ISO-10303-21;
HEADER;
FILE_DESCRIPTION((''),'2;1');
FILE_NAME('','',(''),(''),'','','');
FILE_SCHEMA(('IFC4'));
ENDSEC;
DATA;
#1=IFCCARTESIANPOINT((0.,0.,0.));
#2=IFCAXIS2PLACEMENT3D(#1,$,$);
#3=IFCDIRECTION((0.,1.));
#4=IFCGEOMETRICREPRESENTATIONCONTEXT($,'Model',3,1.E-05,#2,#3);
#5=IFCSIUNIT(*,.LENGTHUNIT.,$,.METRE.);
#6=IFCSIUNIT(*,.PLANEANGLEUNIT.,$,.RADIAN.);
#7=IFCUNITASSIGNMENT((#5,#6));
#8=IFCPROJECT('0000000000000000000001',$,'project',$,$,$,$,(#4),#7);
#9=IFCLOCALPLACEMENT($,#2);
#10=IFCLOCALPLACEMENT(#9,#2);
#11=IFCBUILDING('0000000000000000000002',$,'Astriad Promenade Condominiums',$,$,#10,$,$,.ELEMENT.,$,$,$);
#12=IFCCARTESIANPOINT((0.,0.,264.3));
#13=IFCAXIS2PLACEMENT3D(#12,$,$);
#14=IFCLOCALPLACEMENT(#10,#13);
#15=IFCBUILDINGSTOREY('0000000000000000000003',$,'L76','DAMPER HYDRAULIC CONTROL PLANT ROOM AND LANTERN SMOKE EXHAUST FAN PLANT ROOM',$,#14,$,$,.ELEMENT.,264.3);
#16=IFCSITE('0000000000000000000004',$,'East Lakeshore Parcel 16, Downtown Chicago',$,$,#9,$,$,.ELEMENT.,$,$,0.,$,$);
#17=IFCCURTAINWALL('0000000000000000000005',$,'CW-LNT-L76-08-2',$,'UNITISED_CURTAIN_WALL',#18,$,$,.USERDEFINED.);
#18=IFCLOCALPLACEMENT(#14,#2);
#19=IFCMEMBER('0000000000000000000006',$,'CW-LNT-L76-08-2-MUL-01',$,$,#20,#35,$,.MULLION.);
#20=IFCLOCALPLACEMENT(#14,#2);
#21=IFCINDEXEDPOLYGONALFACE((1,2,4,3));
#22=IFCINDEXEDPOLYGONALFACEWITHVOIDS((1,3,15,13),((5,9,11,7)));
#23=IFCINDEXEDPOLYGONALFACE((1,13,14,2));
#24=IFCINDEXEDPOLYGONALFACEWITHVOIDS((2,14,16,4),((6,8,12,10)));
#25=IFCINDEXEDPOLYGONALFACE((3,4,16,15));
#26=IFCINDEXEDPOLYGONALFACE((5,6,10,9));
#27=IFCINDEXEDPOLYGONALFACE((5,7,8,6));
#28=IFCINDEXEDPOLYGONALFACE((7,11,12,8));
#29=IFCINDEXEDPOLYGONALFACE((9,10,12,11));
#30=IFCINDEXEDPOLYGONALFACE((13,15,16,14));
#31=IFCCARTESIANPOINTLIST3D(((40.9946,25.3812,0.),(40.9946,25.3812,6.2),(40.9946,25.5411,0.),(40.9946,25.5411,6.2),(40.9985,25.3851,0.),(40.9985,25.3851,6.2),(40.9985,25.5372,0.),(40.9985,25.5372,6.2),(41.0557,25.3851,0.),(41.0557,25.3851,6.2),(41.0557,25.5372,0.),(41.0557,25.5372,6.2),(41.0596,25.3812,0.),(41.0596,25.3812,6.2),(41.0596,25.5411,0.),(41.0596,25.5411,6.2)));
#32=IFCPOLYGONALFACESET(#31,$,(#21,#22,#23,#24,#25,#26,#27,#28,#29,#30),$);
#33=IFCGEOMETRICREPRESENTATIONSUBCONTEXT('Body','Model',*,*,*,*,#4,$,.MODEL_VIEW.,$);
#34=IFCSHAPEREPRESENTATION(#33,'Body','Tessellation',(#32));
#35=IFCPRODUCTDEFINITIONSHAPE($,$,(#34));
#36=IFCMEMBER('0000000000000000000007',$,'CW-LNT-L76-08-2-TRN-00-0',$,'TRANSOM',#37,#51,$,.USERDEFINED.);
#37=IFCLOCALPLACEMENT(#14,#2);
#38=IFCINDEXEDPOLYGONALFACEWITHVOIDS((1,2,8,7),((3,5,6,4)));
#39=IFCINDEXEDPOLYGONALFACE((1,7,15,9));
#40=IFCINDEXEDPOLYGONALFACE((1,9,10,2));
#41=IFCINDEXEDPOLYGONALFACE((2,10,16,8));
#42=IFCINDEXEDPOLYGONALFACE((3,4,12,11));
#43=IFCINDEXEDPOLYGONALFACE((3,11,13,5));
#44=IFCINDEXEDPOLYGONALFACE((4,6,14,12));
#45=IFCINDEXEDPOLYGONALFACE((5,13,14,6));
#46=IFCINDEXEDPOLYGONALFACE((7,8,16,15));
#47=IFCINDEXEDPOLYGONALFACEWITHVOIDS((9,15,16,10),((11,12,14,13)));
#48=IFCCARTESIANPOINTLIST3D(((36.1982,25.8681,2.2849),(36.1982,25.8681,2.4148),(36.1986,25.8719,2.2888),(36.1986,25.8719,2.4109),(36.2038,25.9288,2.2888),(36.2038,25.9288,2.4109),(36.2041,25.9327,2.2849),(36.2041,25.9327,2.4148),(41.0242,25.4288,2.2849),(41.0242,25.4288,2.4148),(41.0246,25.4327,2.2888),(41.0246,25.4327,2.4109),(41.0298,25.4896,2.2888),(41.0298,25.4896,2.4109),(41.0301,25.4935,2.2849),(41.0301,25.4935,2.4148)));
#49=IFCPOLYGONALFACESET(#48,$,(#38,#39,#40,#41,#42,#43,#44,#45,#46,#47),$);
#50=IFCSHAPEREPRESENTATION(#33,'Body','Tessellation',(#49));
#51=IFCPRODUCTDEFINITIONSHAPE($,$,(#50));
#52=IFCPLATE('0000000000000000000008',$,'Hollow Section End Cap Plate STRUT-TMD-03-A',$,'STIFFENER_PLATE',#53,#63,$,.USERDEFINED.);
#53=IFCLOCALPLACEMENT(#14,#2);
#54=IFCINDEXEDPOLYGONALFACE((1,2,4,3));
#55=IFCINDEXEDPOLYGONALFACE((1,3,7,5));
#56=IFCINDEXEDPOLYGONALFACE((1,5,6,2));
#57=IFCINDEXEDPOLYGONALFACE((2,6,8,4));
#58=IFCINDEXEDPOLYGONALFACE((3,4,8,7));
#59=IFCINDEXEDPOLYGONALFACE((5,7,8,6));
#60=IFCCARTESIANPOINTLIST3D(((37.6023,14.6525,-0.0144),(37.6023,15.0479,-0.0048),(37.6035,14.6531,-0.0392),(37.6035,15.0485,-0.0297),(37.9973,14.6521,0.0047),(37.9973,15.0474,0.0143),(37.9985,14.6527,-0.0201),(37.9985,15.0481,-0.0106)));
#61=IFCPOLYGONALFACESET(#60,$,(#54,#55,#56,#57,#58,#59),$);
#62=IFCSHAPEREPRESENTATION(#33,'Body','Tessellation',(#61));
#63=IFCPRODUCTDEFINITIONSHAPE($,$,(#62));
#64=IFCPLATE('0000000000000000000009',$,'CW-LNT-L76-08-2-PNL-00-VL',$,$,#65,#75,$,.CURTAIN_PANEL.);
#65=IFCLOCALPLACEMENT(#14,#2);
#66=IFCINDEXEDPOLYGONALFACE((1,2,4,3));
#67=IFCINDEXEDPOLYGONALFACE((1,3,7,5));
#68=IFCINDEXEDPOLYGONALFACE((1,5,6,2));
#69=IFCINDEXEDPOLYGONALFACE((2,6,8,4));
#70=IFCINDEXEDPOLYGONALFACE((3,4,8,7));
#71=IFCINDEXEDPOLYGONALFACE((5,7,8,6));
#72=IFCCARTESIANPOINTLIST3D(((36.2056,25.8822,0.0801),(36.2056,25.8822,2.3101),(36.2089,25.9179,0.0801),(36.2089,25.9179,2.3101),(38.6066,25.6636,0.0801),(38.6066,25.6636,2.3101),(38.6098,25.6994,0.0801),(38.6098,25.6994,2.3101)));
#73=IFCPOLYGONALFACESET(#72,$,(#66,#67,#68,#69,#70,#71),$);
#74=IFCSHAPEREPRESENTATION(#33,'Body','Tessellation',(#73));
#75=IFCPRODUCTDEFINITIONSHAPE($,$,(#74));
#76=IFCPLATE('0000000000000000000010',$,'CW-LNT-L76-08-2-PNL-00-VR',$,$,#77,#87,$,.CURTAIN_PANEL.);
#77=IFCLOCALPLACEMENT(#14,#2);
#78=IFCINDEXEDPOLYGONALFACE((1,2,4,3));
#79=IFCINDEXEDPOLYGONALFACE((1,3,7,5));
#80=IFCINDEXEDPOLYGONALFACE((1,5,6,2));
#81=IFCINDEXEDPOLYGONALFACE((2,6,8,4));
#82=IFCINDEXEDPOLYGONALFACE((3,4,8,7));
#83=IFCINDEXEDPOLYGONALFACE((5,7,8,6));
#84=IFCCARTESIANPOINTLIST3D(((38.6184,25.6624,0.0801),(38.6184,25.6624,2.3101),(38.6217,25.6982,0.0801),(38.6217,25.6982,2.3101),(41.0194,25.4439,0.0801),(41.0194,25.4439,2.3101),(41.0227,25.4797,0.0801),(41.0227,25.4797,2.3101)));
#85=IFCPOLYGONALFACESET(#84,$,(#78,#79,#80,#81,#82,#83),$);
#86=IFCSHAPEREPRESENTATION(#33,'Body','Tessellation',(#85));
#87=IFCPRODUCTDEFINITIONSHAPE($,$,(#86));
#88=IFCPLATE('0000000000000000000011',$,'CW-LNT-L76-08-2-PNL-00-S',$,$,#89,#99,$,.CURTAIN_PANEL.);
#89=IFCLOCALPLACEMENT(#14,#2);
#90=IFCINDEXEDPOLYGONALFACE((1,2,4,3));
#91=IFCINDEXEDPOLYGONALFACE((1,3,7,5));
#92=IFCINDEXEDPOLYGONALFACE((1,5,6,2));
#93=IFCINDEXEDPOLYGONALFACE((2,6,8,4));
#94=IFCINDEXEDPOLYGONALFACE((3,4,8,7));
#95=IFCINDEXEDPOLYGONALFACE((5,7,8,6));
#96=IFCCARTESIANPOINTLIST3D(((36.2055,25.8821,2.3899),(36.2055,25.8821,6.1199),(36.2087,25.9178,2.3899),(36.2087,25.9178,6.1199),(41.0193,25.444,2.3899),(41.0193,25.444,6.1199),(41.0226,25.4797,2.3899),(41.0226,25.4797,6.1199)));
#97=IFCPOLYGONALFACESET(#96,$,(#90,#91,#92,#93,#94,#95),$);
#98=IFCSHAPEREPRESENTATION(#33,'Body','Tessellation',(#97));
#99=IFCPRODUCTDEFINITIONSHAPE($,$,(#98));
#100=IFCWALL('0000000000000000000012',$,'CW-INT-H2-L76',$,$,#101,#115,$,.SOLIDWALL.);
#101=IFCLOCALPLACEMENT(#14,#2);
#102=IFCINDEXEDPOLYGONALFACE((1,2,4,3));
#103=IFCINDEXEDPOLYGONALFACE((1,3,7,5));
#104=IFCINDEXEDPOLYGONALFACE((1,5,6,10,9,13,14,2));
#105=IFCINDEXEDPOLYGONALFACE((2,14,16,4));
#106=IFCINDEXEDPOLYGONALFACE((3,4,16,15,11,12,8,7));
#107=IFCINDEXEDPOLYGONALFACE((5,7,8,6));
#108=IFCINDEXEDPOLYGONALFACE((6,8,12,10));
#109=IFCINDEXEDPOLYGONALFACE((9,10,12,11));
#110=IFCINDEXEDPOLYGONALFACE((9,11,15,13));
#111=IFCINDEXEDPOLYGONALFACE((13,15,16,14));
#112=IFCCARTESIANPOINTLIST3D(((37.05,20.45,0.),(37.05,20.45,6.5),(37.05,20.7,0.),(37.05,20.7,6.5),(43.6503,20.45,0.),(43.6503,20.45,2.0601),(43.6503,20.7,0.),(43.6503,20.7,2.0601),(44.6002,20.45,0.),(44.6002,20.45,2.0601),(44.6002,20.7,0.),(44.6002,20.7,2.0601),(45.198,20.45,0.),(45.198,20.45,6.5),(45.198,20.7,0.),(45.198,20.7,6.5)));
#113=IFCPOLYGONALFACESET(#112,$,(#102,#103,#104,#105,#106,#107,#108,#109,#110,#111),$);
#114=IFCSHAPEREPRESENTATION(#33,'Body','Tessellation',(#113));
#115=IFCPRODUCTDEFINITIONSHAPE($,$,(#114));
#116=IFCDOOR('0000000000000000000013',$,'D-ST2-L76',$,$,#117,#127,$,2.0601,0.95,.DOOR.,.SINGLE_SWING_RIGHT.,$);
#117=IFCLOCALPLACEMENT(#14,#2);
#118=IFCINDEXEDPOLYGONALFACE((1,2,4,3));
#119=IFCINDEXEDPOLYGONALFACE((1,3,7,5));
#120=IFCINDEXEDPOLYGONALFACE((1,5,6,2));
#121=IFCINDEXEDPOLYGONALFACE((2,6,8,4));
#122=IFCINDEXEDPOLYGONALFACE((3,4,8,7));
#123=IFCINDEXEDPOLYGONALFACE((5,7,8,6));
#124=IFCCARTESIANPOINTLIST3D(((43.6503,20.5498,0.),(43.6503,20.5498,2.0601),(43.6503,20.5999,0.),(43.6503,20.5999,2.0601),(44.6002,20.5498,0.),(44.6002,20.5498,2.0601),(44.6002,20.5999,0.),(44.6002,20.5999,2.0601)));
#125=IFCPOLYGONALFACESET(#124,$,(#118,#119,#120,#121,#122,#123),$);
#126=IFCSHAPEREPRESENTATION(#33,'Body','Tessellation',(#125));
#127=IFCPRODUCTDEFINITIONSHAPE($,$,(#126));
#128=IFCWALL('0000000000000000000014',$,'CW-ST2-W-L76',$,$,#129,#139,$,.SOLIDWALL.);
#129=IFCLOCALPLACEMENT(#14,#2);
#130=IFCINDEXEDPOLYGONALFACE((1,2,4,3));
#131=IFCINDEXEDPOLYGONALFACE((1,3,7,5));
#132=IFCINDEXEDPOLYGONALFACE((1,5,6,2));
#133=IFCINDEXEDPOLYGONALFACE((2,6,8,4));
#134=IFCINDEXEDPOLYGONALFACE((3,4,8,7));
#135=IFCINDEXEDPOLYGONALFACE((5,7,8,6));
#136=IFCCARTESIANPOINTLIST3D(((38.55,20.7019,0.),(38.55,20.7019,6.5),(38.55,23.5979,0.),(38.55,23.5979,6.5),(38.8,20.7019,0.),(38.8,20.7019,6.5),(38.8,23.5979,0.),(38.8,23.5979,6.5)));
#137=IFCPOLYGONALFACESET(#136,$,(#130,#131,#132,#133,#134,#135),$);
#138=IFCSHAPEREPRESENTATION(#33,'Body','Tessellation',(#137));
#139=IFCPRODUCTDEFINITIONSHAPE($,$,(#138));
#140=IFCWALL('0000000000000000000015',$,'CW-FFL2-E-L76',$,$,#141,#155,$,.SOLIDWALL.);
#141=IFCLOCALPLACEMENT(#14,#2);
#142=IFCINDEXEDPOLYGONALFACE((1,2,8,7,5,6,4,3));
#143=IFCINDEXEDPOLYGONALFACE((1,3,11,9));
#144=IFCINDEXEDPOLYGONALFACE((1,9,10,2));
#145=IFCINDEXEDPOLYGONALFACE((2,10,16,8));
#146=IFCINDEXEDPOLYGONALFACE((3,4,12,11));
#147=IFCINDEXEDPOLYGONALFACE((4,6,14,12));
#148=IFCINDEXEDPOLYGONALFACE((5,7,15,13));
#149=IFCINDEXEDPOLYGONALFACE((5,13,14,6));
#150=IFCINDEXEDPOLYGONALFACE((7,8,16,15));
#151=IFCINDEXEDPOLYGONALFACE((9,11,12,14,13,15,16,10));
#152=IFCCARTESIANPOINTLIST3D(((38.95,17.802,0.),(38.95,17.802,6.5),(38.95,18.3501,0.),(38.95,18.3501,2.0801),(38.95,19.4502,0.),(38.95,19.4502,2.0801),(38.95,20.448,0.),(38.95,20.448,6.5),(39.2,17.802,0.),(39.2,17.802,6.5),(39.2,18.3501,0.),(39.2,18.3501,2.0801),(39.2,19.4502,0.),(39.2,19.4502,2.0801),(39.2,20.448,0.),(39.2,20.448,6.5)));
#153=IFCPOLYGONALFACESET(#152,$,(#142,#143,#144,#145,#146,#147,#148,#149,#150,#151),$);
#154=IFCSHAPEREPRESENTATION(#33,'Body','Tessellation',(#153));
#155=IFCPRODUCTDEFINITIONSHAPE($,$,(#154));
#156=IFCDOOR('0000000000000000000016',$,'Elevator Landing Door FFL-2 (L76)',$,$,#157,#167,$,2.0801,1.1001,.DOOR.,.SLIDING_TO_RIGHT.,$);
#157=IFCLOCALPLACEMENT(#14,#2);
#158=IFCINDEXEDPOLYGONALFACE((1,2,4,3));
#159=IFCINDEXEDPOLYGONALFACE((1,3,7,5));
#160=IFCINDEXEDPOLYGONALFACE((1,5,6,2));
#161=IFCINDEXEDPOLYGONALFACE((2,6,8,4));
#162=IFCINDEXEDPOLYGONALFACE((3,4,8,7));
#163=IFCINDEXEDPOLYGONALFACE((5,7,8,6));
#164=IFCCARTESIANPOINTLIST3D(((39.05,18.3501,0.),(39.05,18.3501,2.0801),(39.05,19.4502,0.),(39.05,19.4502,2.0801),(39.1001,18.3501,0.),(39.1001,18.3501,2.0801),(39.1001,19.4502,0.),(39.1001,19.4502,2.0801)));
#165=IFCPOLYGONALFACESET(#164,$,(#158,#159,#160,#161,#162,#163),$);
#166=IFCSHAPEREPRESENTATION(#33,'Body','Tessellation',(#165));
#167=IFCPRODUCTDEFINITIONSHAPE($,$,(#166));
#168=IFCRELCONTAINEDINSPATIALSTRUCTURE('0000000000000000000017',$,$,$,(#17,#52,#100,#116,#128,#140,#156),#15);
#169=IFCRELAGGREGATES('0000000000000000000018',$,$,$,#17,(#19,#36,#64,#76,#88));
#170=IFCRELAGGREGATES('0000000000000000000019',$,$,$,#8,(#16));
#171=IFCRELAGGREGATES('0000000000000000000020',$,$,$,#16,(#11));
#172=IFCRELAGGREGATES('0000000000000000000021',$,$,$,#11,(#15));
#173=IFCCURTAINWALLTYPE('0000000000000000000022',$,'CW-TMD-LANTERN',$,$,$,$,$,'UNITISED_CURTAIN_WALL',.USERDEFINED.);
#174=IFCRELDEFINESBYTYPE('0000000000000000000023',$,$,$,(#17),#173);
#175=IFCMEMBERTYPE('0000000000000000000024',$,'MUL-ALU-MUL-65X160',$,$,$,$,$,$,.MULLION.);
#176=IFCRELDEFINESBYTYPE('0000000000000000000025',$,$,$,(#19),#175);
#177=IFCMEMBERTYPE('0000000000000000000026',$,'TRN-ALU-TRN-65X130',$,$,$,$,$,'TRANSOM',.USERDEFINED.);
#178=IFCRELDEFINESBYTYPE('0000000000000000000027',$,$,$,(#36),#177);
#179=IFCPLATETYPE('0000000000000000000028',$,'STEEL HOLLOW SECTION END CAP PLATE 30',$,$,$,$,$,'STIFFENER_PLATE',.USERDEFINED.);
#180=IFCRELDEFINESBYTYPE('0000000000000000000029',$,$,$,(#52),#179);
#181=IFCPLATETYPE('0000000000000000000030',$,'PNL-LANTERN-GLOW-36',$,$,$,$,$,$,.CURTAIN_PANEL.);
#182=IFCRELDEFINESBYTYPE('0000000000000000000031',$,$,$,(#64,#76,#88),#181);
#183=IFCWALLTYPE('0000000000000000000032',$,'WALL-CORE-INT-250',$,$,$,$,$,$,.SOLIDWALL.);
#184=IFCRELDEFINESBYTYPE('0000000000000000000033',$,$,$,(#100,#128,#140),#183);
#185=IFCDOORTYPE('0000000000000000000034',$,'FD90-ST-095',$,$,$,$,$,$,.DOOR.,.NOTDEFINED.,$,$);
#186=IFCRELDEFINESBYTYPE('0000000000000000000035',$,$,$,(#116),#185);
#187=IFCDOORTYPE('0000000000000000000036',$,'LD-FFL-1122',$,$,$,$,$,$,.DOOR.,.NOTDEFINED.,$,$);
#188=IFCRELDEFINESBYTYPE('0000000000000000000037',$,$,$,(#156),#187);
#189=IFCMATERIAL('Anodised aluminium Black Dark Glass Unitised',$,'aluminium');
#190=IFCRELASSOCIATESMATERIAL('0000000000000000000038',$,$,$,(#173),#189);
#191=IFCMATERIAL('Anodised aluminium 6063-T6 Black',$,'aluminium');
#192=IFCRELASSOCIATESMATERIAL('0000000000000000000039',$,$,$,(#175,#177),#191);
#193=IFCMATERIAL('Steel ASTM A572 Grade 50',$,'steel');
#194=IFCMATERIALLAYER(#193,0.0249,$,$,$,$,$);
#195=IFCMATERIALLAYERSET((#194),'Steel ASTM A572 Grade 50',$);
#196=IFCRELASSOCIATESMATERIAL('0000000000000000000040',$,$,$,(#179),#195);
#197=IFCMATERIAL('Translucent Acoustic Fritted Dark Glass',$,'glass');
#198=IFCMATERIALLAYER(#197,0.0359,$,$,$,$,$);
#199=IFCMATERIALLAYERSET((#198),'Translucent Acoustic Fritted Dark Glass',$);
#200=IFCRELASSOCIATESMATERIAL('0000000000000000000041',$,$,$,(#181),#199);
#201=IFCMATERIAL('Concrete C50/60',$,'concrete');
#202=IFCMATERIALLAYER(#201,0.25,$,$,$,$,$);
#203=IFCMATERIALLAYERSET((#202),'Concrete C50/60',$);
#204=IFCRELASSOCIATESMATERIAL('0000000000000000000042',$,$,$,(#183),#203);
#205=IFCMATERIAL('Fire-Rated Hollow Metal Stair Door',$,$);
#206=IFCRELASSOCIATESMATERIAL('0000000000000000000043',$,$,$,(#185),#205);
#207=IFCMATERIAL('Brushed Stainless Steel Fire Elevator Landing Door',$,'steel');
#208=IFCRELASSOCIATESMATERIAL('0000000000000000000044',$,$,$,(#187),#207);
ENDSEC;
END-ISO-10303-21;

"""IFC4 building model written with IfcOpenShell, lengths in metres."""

from ifc_helpers import new_model, si_unit, direction, frame, frame_2d, origin, origin_2d, place, context, subcontext, project, spatial, rectangle, hollow_rectangle, extrude, source, transform, mapped, material, layer, layer_set, material_profile, profile_set, type_object, type_shapes, element, fill, aggregate, save


model = new_model("IFC4")

# Units and contexts
model_context = context("Model", 3, precision=1e-05, world=origin(), true_north=direction((0.0, 1.0)))
body_context = subcontext(model_context, "Body", "Model", "MODEL_VIEW")
ifc_project = project(units=[si_unit("LENGTHUNIT", "METRE"), si_unit("PLANEANGLEUNIT", "RADIAN")], contexts=[model_context])

# Site, building, storey
site_placement = place(None, origin())
site = spatial("IfcSite", under=ifc_project, at=site_placement, Name="East Lakeshore Parcel 16, Downtown Chicago", CompositionType="ELEMENT", RefElevation=0.0)
building_placement = place(site_placement, origin())
building = spatial("IfcBuilding", under=site, at=building_placement, Name="Astriad Promenade Condominiums", CompositionType="ELEMENT")
storey_placement = place(building_placement, frame((0.0, 0.0, 264.3)))
storey = spatial("IfcBuildingStorey", under=building, at=storey_placement, Name="L76", Description="DAMPER HYDRAULIC CONTROL PLANT ROOM AND LANTERN SMOKE EXHAUST FAN PLANT ROOM", CompositionType="ELEMENT", Elevation=264.3)

# Shared definitions
ifc_material_1 = material(Name="Anodised aluminium Black Dark Glass Unitised", Category="aluminium")
curtain_wall_type = type_object("IfcCurtainWallType", Name="CW-TMD-LANTERN", ElementType="UNITISED_CURTAIN_WALL", PredefinedType="USERDEFINED", material=ifc_material_1)
ifc_material_2 = material(Name="Anodised aluminium 6063-T6 Black", Category="aluminium")
ifc_material_profile_1 = material_profile(ifc_material_2, hollow_rectangle(XDim=0.0649, YDim=0.1599, WallThickness=0.0039, at=origin_2d()), Name="ALU-MUL-65X160")
ifc_profile_set_1 = profile_set([ifc_material_profile_1], Name="Anodised aluminium 6063-T6 Black")
member_type_1 = type_object("IfcMemberType", Name="MUL-ALU-MUL-65X160", PredefinedType="MULLION", material=ifc_profile_set_1)
shared_shape_1 = source(origin(), body_context, "Body", "SweptSolid", [
    extrude(hollow_rectangle(XDim=0.0649, YDim=0.1599, WallThickness=0.0039, at=origin_2d()), origin(), (0.0, 0.0, 1.0), 6.2),
])
type_shapes(member_type_1, [shared_shape_1])

# Curtain wall, members
curtain_wall_1_placement = place(storey_placement, origin())
curtain_wall_1 = element("IfcCurtainWall", 1, at=curtain_wall_1_placement, inside=storey, type_object=curtain_wall_type, Name="CW-LNT-L76-08-2", ObjectType="UNITISED_CURTAIN_WALL", PredefinedType="USERDEFINED")
member_1_placement = place(storey_placement, frame((41.0271, 25.4612, 0.0), z_axis=(0.0, 0.0, 1.0), x_axis=(1.0, 0.0, 0.0)))
member_1 = element("IfcMember", 2, at=member_1_placement, type_object=member_type_1, Name="CW-LNT-L76-08-2-MUL-01", PredefinedType="MULLION", context=body_context, shape_type="MappedRepresentation", body=[
    mapped(shared_shape_1, transform((0.0, 0.0, 0.0), scale=1.0)),
])
ifc_material_profile_2 = material_profile(ifc_material_2, hollow_rectangle(XDim=0.0649, YDim=0.1299, WallThickness=0.0039, at=origin_2d()), Name="ALU-TRN-65X130")
ifc_profile_set_2 = profile_set([ifc_material_profile_2], Name="Anodised aluminium 6063-T6 Black")
member_type_2 = type_object("IfcMemberType", Name="TRN-ALU-TRN-65X130", ElementType="TRANSOM", PredefinedType="USERDEFINED", material=ifc_profile_set_2)
shared_shape_2 = source(origin(), body_context, "Body", "SweptSolid", [
    extrude(hollow_rectangle(XDim=0.0649, YDim=0.1299, WallThickness=0.0039, at=origin_2d()), origin(), (0.0, 0.0, 1.0), 4.8459),
])
type_shapes(member_type_2, [shared_shape_2])
member_2_placement = place(storey_placement, frame((36.2012, 25.9004, 2.3499), z_axis=(0.995884, -0.090636, 0.0), x_axis=(0.090636, 0.995884, 0.0)))
member_2 = element("IfcMember", 3, at=member_2_placement, type_object=member_type_2, Name="CW-LNT-L76-08-2-TRN-00-0", ObjectType="TRANSOM", PredefinedType="USERDEFINED", context=body_context, shape_type="MappedRepresentation", body=[
    mapped(shared_shape_2, transform((0.0, 0.0, 0.0), scale=1.0)),
])

# Plates
ifc_material_3 = material(Name="Steel ASTM A572 Grade 50", Category="steel")
ifc_layer_1 = layer(ifc_material_3, 0.0249)
ifc_layer_set_1 = layer_set([ifc_layer_1], Name="Steel ASTM A572 Grade 50")
plate_type_1 = type_object("IfcPlateType", Name="STEEL HOLLOW SECTION END CAP PLATE 30", ElementType="STIFFENER_PLATE", PredefinedType="USERDEFINED", material=ifc_layer_set_1)
shared_shape_3 = source(origin(), body_context, "Body", "SweptSolid", [
    extrude(rectangle(XDim=0.3955, YDim=0.3955, at=origin_2d()), origin(), (0.0, 0.0, 1.0), 0.0249),
])
type_shapes(plate_type_1, [shared_shape_3])
plate_1_placement = place(storey_placement, frame((37.801, 14.8506, -0.0249), z_axis=(-0.048316, -0.024158, 0.99854), x_axis=(1.0, 0.0, 0.0)))
element("IfcPlate", 4, at=plate_1_placement, inside=storey, type_object=plate_type_1, Name="Hollow Section End Cap Plate STRUT-TMD-03-A", ObjectType="STIFFENER_PLATE", PredefinedType="USERDEFINED", context=body_context, shape_type="MappedRepresentation", body=[
    mapped(shared_shape_3, transform((0.0, 0.0, 0.0), scale=1.0)),
])
ifc_material_4 = material(Name="Translucent Acoustic Fritted Dark Glass", Category="glass")
ifc_layer_2 = layer(ifc_material_4, 0.0359)
ifc_layer_set_2 = layer_set([ifc_layer_2], Name="Translucent Acoustic Fritted Dark Glass")
plate_type_2 = type_object("IfcPlateType", Name="PNL-LANTERN-GLOW-36", PredefinedType="CURTAIN_PANEL", material=ifc_layer_set_2)
shared_shape_4 = source(origin(), body_context, "Body", "SweptSolid", [
    extrude(rectangle(XDim=2.4109, YDim=0.0359, at=origin_2d()), origin(), (0.0, 0.0, 1.0), 2.23),
])
plate_2_placement = place(storey_placement, frame((37.4077, 25.7908, 0.0801), z_axis=(0.0, 0.0, 1.0), x_axis=(0.995884, -0.090633, 0.0)))
plate_2 = element("IfcPlate", 5, at=plate_2_placement, type_object=plate_type_2, Name="CW-LNT-L76-08-2-PNL-00-VL", PredefinedType="CURTAIN_PANEL", context=body_context, shape_type="MappedRepresentation", body=[
    mapped(shared_shape_4, transform((0.0, 0.0, 0.0), scale=1.0)),
])
plate_3_placement = place(storey_placement, frame((39.8206, 25.571, 0.0801), z_axis=(0.0, 0.0, 1.0), x_axis=(0.995884, -0.090633, 0.0)))
plate_3 = element("IfcPlate", 6, at=plate_3_placement, type_object=plate_type_2, Name="CW-LNT-L76-08-2-PNL-00-VR", PredefinedType="CURTAIN_PANEL", context=body_context, shape_type="MappedRepresentation", body=[
    mapped(shared_shape_4, transform((0.0, 0.0, 0.0), scale=1.0)),
])
shared_shape_5 = source(origin(), body_context, "Body", "SweptSolid", [
    extrude(rectangle(XDim=4.8337, YDim=0.0359, at=origin_2d()), origin(), (0.0, 0.0, 1.0), 3.73),
])
type_shapes(plate_type_2, [shared_shape_4, shared_shape_5])
plate_4_placement = place(storey_placement, frame((38.614, 25.6809, 2.3899), z_axis=(0.0, 0.0, 1.0), x_axis=(0.995884, -0.090633, 0.0)))
plate_4 = element("IfcPlate", 7, at=plate_4_placement, type_object=plate_type_2, Name="CW-LNT-L76-08-2-PNL-00-S", PredefinedType="CURTAIN_PANEL", context=body_context, shape_type="MappedRepresentation", body=[
    mapped(shared_shape_5, transform((0.0, 0.0, 0.0), scale=1.0)),
])
aggregate(curtain_wall_1, [member_1, member_2, plate_2, plate_3, plate_4])

# Wall, opening, door
ifc_material_5 = material(Name="Concrete C50/60", Category="concrete")
ifc_layer_3 = layer(ifc_material_5, 0.25)
ifc_layer_set_3 = layer_set([ifc_layer_3], Name="Concrete C50/60")
wall_type_1 = type_object("IfcWallType", Name="WALL-CORE-INT-250", PredefinedType="SOLIDWALL", material=ifc_layer_set_3)
wall_1_placement = place(storey_placement, frame((37.05, 20.575, 0.0), z_axis=(0.0, 0.0, 1.0), x_axis=(1.0, 0.0, 0.0)))
wall_1 = element("IfcWall", 8, at=wall_1_placement, inside=storey, type_object=wall_type_1, Name="CW-INT-H2-L76", PredefinedType="SOLIDWALL", context=body_context, shape_type="SweptSolid", body=[
    extrude(rectangle(XDim=8.1479, YDim=0.25, at=frame_2d((4.074, 0.0))), origin(), (0.0, 0.0, 1.0), 6.5),
])
opening_1_placement = place(wall_1_placement, frame((6.6001, 0.0, 0.0)))
opening_1 = element("IfcOpeningElement", 9, at=opening_1_placement, cuts=wall_1, PredefinedType="OPENING", context=body_context, shape_type="SweptSolid", body=[
    extrude(rectangle(XDim=0.95, YDim=2.0601, at=frame_2d((0.4751, 1.03))), frame((0.0, 0.135, 0.0), z_axis=(0.0, -1.0, 0.0), x_axis=(1.0, 0.0, 0.0)), (0.0, 0.0, 1.0), 0.27),
])
ifc_material_6 = material(Name="Fire-Rated Hollow Metal Stair Door")
door_type_1 = type_object("IfcDoorType", Name="FD90-ST-095", OperationType="NOTDEFINED", PredefinedType="DOOR", material=ifc_material_6)
shared_shape_6 = source(origin(), body_context, "Body", "SweptSolid", [
    extrude(rectangle(XDim=0.95, YDim=2.0601, at=frame_2d((0.4751, 1.03))), frame((0.0, 0.0249, 0.0), z_axis=(0.0, -1.0, 0.0), x_axis=(1.0, 0.0, 0.0)), (0.0, 0.0, 1.0), 0.05),
])
type_shapes(door_type_1, [shared_shape_6])
door_1_placement = place(opening_1_placement, origin())
door_1 = element("IfcDoor", 10, at=door_1_placement, inside=storey, type_object=door_type_1, Name="D-ST2-L76", OperationType="SINGLE_SWING_RIGHT", OverallHeight=2.0601, OverallWidth=0.95, PredefinedType="DOOR", context=body_context, shape_type="MappedRepresentation", body=[
    mapped(shared_shape_6, transform((0.0, 0.0, 0.0), scale=1.0)),
])
fill(opening_1, door_1)

# Wall
wall_2_placement = place(storey_placement, frame((38.675, 20.7019, 0.0), z_axis=(0.0, 0.0, 1.0), x_axis=(0.0, 1.0, 0.0)))
element("IfcWall", 11, at=wall_2_placement, inside=storey, type_object=wall_type_1, Name="CW-ST2-W-L76", PredefinedType="SOLIDWALL", context=body_context, shape_type="SweptSolid", body=[
    extrude(rectangle(XDim=2.896, YDim=0.25, at=frame_2d((1.448, 0.0))), origin(), (0.0, 0.0, 1.0), 6.5),
])

# Wall, opening, door
wall_3_placement = place(storey_placement, frame((39.075, 17.802, 0.0), z_axis=(0.0, 0.0, 1.0), x_axis=(0.0, 1.0, 0.0)))
wall_3 = element("IfcWall", 12, at=wall_3_placement, inside=storey, type_object=wall_type_1, Name="CW-FFL2-E-L76", PredefinedType="SOLIDWALL", context=body_context, shape_type="SweptSolid", body=[
    extrude(rectangle(XDim=2.646, YDim=0.25, at=frame_2d((1.323, 0.0))), origin(), (0.0, 0.0, 1.0), 6.5),
])
opening_2_placement = place(wall_3_placement, frame((0.5481, 0.0, 0.0)))
opening_2 = element("IfcOpeningElement", 13, at=opening_2_placement, cuts=wall_3, PredefinedType="OPENING", context=body_context, shape_type="SweptSolid", body=[
    extrude(rectangle(XDim=1.1001, YDim=2.0801, at=frame_2d((0.55, 1.04))), frame((0.0, 0.135, 0.0), z_axis=(0.0, -1.0, 0.0), x_axis=(1.0, 0.0, 0.0)), (0.0, 0.0, 1.0), 0.27),
])
ifc_material_7 = material(Name="Brushed Stainless Steel Fire Elevator Landing Door", Category="steel")
door_type_2 = type_object("IfcDoorType", Name="LD-FFL-1122", OperationType="NOTDEFINED", PredefinedType="DOOR", material=ifc_material_7)
shared_shape_7 = source(origin(), body_context, "Body", "SweptSolid", [
    extrude(rectangle(XDim=1.1001, YDim=2.0801, at=frame_2d((0.55, 1.04))), frame((0.0, 0.0249, 0.0), z_axis=(0.0, -1.0, 0.0), x_axis=(1.0, 0.0, 0.0)), (0.0, 0.0, 1.0), 0.05),
])
type_shapes(door_type_2, [shared_shape_7])
door_2_placement = place(opening_2_placement, origin())
door_2 = element("IfcDoor", 14, at=door_2_placement, inside=storey, type_object=door_type_2, Name="Elevator Landing Door FFL-2 (L76)", OperationType="SLIDING_TO_RIGHT", OverallHeight=2.0801, OverallWidth=1.1001, PredefinedType="DOOR", context=body_context, shape_type="MappedRepresentation", body=[
    mapped(shared_shape_7, transform((0.0, 0.0, 0.0), scale=1.0)),
])
fill(opening_2, door_2)

save(model, "model.ifc")
